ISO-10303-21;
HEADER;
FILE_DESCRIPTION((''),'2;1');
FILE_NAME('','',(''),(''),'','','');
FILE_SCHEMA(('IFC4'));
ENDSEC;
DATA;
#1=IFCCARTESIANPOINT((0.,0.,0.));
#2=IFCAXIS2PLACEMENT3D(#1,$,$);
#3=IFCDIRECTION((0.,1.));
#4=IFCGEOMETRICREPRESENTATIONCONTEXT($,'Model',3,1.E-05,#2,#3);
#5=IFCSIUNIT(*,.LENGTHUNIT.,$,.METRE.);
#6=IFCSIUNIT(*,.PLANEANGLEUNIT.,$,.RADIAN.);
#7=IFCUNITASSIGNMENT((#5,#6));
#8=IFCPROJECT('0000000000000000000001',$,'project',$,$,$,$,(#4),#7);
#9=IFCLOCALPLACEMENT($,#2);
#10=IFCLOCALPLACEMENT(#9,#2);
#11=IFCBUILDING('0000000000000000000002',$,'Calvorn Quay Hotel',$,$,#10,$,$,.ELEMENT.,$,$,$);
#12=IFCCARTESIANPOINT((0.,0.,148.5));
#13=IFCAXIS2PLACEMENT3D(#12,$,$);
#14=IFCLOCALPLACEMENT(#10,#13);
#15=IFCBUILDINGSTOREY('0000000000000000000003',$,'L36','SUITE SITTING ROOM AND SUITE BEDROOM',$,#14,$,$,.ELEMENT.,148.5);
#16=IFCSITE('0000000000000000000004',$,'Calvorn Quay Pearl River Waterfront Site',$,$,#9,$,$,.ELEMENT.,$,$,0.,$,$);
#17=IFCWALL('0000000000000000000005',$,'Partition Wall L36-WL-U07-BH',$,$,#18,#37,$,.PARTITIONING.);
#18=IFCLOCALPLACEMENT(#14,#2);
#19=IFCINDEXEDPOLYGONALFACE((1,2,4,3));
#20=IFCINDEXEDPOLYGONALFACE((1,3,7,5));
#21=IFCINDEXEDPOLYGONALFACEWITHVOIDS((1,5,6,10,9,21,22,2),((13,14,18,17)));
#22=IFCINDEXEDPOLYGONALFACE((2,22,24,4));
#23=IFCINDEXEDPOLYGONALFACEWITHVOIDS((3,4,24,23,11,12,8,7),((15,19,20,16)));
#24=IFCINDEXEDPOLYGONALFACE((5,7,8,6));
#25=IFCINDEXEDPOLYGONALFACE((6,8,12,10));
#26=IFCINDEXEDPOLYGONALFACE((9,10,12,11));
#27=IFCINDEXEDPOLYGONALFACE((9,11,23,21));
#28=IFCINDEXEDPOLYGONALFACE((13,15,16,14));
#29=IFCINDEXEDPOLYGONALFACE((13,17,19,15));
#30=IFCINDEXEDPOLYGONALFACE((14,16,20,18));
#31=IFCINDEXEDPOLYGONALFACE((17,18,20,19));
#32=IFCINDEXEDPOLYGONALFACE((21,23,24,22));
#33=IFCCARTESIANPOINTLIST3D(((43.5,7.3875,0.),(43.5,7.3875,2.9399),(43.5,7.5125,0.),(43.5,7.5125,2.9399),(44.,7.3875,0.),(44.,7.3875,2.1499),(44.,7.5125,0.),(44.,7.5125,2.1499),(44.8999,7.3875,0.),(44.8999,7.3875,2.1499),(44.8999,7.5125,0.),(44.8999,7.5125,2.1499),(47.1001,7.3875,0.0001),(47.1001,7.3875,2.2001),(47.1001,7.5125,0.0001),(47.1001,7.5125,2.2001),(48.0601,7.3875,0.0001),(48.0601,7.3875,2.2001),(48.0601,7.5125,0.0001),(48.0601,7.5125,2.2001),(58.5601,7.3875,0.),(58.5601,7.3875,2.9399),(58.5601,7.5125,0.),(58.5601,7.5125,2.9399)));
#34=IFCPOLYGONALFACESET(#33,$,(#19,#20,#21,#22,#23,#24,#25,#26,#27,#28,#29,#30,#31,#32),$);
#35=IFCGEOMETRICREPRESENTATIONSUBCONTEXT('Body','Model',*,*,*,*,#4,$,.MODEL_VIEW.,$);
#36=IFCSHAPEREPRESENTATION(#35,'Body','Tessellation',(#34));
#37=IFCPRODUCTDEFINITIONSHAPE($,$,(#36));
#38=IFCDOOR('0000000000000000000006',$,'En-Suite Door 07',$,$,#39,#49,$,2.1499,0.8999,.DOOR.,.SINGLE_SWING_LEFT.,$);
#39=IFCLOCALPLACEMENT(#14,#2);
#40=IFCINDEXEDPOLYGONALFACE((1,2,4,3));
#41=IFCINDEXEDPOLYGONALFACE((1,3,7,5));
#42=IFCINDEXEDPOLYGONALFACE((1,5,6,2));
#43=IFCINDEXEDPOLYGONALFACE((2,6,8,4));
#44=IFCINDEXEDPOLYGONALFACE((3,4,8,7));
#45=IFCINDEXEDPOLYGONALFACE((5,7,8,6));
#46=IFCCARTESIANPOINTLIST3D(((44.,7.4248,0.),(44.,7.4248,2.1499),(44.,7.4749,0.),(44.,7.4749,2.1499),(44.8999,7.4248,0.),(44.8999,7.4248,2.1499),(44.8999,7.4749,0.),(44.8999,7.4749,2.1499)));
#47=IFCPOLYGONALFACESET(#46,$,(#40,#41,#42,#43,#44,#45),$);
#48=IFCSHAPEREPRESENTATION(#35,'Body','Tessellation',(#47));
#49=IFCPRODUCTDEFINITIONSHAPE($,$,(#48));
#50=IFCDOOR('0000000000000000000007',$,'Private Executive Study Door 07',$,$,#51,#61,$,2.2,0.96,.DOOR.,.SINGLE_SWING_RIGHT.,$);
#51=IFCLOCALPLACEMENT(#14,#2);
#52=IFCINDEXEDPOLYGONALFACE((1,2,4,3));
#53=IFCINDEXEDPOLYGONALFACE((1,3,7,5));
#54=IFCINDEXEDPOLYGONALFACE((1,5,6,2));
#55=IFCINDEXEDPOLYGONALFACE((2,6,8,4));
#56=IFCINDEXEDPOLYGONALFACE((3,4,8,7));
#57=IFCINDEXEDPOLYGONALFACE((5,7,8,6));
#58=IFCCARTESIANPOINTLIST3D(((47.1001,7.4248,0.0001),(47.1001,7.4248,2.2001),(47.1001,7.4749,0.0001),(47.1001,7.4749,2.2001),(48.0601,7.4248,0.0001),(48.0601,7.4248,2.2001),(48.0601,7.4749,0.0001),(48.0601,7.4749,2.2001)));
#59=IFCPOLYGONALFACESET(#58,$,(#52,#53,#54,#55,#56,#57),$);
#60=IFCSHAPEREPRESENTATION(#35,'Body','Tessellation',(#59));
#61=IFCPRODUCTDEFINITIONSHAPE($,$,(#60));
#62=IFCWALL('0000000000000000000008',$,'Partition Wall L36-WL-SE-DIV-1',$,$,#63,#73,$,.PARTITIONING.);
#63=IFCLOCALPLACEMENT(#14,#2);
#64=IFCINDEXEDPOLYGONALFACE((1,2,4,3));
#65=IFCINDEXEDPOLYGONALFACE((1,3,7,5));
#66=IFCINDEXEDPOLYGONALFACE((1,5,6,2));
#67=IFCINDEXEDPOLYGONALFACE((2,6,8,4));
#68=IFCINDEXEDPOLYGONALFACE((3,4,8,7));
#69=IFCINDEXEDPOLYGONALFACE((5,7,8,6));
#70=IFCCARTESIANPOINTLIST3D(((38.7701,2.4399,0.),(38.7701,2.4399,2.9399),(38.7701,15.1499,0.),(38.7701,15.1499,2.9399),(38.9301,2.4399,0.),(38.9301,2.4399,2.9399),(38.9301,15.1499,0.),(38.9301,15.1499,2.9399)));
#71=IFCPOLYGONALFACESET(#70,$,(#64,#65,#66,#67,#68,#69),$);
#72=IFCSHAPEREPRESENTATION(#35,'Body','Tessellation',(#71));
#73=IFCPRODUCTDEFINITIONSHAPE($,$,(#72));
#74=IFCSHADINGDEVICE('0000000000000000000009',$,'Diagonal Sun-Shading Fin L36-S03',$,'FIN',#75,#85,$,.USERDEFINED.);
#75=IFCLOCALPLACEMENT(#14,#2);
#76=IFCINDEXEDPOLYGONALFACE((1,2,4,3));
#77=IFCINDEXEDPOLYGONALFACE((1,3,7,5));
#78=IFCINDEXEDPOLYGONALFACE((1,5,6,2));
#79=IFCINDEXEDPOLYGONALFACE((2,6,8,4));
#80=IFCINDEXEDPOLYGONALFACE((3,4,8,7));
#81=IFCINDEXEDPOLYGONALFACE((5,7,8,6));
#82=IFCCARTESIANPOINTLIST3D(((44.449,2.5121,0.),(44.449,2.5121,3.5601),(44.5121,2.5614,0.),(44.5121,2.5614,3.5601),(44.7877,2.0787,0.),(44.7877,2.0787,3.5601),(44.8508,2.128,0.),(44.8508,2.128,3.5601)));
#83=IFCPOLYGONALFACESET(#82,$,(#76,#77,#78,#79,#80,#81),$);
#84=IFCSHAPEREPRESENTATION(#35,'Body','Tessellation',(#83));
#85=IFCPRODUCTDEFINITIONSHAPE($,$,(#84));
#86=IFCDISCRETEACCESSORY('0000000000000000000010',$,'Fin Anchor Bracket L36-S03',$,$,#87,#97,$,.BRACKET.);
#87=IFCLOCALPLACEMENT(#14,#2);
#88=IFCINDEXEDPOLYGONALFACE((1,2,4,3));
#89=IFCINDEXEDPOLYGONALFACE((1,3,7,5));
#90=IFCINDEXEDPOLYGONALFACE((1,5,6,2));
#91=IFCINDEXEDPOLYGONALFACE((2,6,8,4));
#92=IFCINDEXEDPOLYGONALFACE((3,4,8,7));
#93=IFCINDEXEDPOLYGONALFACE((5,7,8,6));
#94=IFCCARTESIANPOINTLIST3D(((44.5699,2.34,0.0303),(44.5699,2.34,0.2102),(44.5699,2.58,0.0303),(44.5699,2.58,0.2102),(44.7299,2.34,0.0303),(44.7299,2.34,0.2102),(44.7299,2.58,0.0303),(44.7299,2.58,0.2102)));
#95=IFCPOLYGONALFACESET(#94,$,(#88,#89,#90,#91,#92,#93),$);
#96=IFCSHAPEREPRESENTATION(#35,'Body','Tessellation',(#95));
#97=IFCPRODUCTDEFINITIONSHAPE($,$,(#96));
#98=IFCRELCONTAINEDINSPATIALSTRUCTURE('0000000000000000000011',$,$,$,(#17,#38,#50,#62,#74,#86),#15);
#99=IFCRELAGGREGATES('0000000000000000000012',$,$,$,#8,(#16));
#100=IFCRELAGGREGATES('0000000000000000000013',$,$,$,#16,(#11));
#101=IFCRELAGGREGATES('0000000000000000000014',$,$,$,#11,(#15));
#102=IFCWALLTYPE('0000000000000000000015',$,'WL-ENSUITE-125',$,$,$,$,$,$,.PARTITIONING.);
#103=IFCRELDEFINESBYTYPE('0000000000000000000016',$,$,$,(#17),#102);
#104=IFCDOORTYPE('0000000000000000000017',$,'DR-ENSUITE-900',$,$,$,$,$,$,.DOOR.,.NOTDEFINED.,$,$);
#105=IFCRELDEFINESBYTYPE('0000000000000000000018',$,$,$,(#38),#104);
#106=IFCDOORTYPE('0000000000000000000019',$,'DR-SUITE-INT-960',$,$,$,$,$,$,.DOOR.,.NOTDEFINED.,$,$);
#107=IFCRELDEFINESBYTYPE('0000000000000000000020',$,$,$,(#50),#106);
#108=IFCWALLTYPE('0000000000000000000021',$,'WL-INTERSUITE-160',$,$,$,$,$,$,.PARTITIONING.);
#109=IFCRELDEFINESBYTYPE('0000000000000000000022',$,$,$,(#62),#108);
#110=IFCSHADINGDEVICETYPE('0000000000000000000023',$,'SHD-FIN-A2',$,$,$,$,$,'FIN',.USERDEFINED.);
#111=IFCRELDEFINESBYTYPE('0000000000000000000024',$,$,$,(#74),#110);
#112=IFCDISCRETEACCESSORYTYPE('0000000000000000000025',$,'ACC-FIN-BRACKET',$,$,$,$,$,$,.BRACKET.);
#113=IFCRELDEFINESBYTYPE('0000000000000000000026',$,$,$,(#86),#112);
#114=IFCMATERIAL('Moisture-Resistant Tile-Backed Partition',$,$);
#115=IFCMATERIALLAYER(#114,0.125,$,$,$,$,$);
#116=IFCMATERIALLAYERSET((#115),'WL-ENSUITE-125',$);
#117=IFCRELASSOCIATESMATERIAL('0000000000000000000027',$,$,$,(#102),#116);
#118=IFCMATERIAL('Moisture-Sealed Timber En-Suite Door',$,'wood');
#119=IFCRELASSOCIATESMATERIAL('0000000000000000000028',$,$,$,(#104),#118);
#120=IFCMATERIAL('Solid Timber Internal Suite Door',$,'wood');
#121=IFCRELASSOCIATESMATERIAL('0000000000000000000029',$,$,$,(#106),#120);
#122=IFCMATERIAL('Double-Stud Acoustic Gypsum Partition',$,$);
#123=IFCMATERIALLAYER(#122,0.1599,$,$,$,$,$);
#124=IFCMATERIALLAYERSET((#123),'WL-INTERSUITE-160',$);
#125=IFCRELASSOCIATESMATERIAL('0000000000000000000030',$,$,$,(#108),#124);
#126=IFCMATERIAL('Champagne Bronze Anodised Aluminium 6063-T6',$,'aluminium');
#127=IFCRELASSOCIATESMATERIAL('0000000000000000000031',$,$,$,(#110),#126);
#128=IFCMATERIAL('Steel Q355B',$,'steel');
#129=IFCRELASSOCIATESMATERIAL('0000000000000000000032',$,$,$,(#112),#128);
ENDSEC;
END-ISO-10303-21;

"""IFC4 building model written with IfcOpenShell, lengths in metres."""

from ifc_helpers import new_model, si_unit, direction, frame, frame_2d, origin, origin_2d, place, context, subcontext, project, spatial, rectangle, extrude, material, layer, layer_set, type_object, element, fill, save


model = new_model("IFC4")

# Units and contexts
model_context = context("Model", 3, precision=1e-05, world=origin(), true_north=direction((0.0, 1.0)))
body_context = subcontext(model_context, "Body", "Model", "MODEL_VIEW")
ifc_project = project(units=[si_unit("LENGTHUNIT", "METRE"), si_unit("PLANEANGLEUNIT", "RADIAN")], contexts=[model_context])

# Site, building, storey
site_placement = place(None, origin())
site = spatial("IfcSite", under=ifc_project, at=site_placement, Name="Calvorn Quay Pearl River Waterfront Site", CompositionType="ELEMENT", RefElevation=0.0)
building_placement = place(site_placement, origin())
building = spatial("IfcBuilding", under=site, at=building_placement, Name="Calvorn Quay Hotel", CompositionType="ELEMENT")
storey_placement = place(building_placement, frame((0.0, 0.0, 148.5)))
storey = spatial("IfcBuildingStorey", under=building, at=storey_placement, Name="L36", Description="SUITE SITTING ROOM AND SUITE BEDROOM", CompositionType="ELEMENT", Elevation=148.5)

# Wall, openings, doors
ifc_material_1 = material(Name="Moisture-Resistant Tile-Backed Partition")
ifc_layer_1 = layer(ifc_material_1, 0.125)
ifc_layer_set_1 = layer_set([ifc_layer_1], Name="WL-ENSUITE-125")
wall_type_1 = type_object("IfcWallType", Name="WL-ENSUITE-125", PredefinedType="PARTITIONING", material=ifc_layer_set_1)
ifc_material_2 = material(Name="Moisture-Sealed Timber En-Suite Door", Category="wood")
door_type_1 = type_object("IfcDoorType", Name="DR-ENSUITE-900", OperationType="NOTDEFINED", PredefinedType="DOOR", material=ifc_material_2)
ifc_material_3 = material(Name="Solid Timber Internal Suite Door", Category="wood")
door_type_2 = type_object("IfcDoorType", Name="DR-SUITE-INT-960", OperationType="NOTDEFINED", PredefinedType="DOOR", material=ifc_material_3)
wall_1_placement = place(storey_placement, frame((43.5, 7.45, 0.0), z_axis=(0.0, 0.0, 1.0), x_axis=(1.0, 0.0, 0.0)))
wall_1 = element("IfcWall", 1, at=wall_1_placement, inside=storey, type_object=wall_type_1, Name="Partition Wall L36-WL-U07-BH", PredefinedType="PARTITIONING", context=body_context, shape_type="SweptSolid", body=[
    extrude(rectangle(XDim=15.0601, YDim=0.125, at=frame_2d((7.53, 0.0))), origin(), (0.0, 0.0, 1.0), 2.9399),
])
opening_1_placement = place(wall_1_placement, frame((0.5, 0.0, 0.0)))
opening_1 = element("IfcOpeningElement", 2, at=opening_1_placement, cuts=wall_1, PredefinedType="OPENING", context=body_context, shape_type="SweptSolid", body=[
    extrude(rectangle(XDim=0.8999, YDim=2.1499, at=frame_2d((0.45, 1.075))), frame((0.0, 0.0725, 0.0), z_axis=(0.0, -1.0, 0.0), x_axis=(1.0, 0.0, 0.0)), (0.0, 0.0, 1.0), 0.145),
])
opening_2_placement = place(wall_1_placement, frame((3.6001, 0.0, 0.0)))
opening_2 = element("IfcOpeningElement", 3, at=opening_2_placement, cuts=wall_1, PredefinedType="OPENING", context=body_context, shape_type="SweptSolid", body=[
    extrude(rectangle(XDim=0.96, YDim=2.2, at=frame_2d((0.48, 1.1001))), frame((0.0, 0.0725, 0.0), z_axis=(0.0, -1.0, 0.0), x_axis=(1.0, 0.0, 0.0)), (0.0, 0.0, 1.0), 0.145),
])
door_1_placement = place(opening_1_placement, origin())
door_1 = element("IfcDoor", 4, at=door_1_placement, inside=storey, type_object=door_type_1, Name="En-Suite Door 07", OperationType="SINGLE_SWING_LEFT", OverallHeight=2.1499, OverallWidth=0.8999, PredefinedType="DOOR", context=body_context, shape_type="SweptSolid", body=[
    extrude(rectangle(XDim=0.8999, YDim=2.1499, at=frame_2d((0.45, 1.075))), frame((0.0, 0.0249, 0.0), z_axis=(0.0, -1.0, 0.0), x_axis=(1.0, 0.0, 0.0)), (0.0, 0.0, 1.0), 0.05),
])
fill(opening_1, door_1)
door_2_placement = place(opening_2_placement, origin())
door_2 = element("IfcDoor", 5, at=door_2_placement, inside=storey, type_object=door_type_2, Name="Private Executive Study Door 07", OperationType="SINGLE_SWING_RIGHT", OverallHeight=2.2, OverallWidth=0.96, PredefinedType="DOOR", context=body_context, shape_type="SweptSolid", body=[
    extrude(rectangle(XDim=0.96, YDim=2.2, at=frame_2d((0.48, 1.1001))), frame((0.0, 0.0249, 0.0), z_axis=(0.0, -1.0, 0.0), x_axis=(1.0, 0.0, 0.0)), (0.0, 0.0, 1.0), 0.05),
])
fill(opening_2, door_2)

# Wall
ifc_material_4 = material(Name="Double-Stud Acoustic Gypsum Partition")
ifc_layer_2 = layer(ifc_material_4, 0.1599)
ifc_layer_set_2 = layer_set([ifc_layer_2], Name="WL-INTERSUITE-160")
wall_type_2 = type_object("IfcWallType", Name="WL-INTERSUITE-160", PredefinedType="PARTITIONING", material=ifc_layer_set_2)
wall_2_placement = place(storey_placement, frame((38.8501, 2.4399, 0.0), z_axis=(0.0, 0.0, 1.0), x_axis=(0.0, 1.0, 0.0)))
element("IfcWall", 6, at=wall_2_placement, inside=storey, type_object=wall_type_2, Name="Partition Wall L36-WL-SE-DIV-1", PredefinedType="PARTITIONING", context=body_context, shape_type="SweptSolid", body=[
    extrude(rectangle(XDim=12.71, YDim=0.1599, at=frame_2d((6.355, 0.0))), origin(), (0.0, 0.0, 1.0), 2.9399),
])

# Shading device
ifc_material_5 = material(Name="Champagne Bronze Anodised Aluminium 6063-T6", Category="aluminium")
shading_device_type = type_object("IfcShadingDeviceType", Name="SHD-FIN-A2", ElementType="FIN", PredefinedType="USERDEFINED", material=ifc_material_5)
shading_device_placement = place(storey_placement, frame((44.6499, 2.3201, 0.0), z_axis=(0.0, 0.0, 1.0), x_axis=(-0.615661, 0.788011, 0.0)))
element("IfcShadingDevice", 7, at=shading_device_placement, inside=storey, type_object=shading_device_type, Name="Diagonal Sun-Shading Fin L36-S03", ObjectType="FIN", PredefinedType="USERDEFINED", context=body_context, shape_type="SweptSolid", body=[
    extrude(rectangle(XDim=0.55, YDim=0.0801, at=origin_2d()), origin(), (0.0, 0.0, 1.0), 3.5601),
])

# Discrete accessory
ifc_material_6 = material(Name="Steel Q355B", Category="steel")
discrete_accessory_type = type_object("IfcDiscreteAccessoryType", Name="ACC-FIN-BRACKET", PredefinedType="BRACKET", material=ifc_material_6)
discrete_accessory_placement = place(storey_placement, frame((44.6499, 2.46, 0.0303), z_axis=(0.0, 0.0, 1.0), x_axis=(0.0, 1.0, 0.0)))
element("IfcDiscreteAccessory", 8, at=discrete_accessory_placement, inside=storey, type_object=discrete_accessory_type, Name="Fin Anchor Bracket L36-S03", PredefinedType="BRACKET", context=body_context, shape_type="SweptSolid", body=[
    extrude(rectangle(XDim=0.24, YDim=0.1599, at=origin_2d()), origin(), (0.0, 0.0, 1.0), 0.1799),
])

save(model, "model.ifc")
